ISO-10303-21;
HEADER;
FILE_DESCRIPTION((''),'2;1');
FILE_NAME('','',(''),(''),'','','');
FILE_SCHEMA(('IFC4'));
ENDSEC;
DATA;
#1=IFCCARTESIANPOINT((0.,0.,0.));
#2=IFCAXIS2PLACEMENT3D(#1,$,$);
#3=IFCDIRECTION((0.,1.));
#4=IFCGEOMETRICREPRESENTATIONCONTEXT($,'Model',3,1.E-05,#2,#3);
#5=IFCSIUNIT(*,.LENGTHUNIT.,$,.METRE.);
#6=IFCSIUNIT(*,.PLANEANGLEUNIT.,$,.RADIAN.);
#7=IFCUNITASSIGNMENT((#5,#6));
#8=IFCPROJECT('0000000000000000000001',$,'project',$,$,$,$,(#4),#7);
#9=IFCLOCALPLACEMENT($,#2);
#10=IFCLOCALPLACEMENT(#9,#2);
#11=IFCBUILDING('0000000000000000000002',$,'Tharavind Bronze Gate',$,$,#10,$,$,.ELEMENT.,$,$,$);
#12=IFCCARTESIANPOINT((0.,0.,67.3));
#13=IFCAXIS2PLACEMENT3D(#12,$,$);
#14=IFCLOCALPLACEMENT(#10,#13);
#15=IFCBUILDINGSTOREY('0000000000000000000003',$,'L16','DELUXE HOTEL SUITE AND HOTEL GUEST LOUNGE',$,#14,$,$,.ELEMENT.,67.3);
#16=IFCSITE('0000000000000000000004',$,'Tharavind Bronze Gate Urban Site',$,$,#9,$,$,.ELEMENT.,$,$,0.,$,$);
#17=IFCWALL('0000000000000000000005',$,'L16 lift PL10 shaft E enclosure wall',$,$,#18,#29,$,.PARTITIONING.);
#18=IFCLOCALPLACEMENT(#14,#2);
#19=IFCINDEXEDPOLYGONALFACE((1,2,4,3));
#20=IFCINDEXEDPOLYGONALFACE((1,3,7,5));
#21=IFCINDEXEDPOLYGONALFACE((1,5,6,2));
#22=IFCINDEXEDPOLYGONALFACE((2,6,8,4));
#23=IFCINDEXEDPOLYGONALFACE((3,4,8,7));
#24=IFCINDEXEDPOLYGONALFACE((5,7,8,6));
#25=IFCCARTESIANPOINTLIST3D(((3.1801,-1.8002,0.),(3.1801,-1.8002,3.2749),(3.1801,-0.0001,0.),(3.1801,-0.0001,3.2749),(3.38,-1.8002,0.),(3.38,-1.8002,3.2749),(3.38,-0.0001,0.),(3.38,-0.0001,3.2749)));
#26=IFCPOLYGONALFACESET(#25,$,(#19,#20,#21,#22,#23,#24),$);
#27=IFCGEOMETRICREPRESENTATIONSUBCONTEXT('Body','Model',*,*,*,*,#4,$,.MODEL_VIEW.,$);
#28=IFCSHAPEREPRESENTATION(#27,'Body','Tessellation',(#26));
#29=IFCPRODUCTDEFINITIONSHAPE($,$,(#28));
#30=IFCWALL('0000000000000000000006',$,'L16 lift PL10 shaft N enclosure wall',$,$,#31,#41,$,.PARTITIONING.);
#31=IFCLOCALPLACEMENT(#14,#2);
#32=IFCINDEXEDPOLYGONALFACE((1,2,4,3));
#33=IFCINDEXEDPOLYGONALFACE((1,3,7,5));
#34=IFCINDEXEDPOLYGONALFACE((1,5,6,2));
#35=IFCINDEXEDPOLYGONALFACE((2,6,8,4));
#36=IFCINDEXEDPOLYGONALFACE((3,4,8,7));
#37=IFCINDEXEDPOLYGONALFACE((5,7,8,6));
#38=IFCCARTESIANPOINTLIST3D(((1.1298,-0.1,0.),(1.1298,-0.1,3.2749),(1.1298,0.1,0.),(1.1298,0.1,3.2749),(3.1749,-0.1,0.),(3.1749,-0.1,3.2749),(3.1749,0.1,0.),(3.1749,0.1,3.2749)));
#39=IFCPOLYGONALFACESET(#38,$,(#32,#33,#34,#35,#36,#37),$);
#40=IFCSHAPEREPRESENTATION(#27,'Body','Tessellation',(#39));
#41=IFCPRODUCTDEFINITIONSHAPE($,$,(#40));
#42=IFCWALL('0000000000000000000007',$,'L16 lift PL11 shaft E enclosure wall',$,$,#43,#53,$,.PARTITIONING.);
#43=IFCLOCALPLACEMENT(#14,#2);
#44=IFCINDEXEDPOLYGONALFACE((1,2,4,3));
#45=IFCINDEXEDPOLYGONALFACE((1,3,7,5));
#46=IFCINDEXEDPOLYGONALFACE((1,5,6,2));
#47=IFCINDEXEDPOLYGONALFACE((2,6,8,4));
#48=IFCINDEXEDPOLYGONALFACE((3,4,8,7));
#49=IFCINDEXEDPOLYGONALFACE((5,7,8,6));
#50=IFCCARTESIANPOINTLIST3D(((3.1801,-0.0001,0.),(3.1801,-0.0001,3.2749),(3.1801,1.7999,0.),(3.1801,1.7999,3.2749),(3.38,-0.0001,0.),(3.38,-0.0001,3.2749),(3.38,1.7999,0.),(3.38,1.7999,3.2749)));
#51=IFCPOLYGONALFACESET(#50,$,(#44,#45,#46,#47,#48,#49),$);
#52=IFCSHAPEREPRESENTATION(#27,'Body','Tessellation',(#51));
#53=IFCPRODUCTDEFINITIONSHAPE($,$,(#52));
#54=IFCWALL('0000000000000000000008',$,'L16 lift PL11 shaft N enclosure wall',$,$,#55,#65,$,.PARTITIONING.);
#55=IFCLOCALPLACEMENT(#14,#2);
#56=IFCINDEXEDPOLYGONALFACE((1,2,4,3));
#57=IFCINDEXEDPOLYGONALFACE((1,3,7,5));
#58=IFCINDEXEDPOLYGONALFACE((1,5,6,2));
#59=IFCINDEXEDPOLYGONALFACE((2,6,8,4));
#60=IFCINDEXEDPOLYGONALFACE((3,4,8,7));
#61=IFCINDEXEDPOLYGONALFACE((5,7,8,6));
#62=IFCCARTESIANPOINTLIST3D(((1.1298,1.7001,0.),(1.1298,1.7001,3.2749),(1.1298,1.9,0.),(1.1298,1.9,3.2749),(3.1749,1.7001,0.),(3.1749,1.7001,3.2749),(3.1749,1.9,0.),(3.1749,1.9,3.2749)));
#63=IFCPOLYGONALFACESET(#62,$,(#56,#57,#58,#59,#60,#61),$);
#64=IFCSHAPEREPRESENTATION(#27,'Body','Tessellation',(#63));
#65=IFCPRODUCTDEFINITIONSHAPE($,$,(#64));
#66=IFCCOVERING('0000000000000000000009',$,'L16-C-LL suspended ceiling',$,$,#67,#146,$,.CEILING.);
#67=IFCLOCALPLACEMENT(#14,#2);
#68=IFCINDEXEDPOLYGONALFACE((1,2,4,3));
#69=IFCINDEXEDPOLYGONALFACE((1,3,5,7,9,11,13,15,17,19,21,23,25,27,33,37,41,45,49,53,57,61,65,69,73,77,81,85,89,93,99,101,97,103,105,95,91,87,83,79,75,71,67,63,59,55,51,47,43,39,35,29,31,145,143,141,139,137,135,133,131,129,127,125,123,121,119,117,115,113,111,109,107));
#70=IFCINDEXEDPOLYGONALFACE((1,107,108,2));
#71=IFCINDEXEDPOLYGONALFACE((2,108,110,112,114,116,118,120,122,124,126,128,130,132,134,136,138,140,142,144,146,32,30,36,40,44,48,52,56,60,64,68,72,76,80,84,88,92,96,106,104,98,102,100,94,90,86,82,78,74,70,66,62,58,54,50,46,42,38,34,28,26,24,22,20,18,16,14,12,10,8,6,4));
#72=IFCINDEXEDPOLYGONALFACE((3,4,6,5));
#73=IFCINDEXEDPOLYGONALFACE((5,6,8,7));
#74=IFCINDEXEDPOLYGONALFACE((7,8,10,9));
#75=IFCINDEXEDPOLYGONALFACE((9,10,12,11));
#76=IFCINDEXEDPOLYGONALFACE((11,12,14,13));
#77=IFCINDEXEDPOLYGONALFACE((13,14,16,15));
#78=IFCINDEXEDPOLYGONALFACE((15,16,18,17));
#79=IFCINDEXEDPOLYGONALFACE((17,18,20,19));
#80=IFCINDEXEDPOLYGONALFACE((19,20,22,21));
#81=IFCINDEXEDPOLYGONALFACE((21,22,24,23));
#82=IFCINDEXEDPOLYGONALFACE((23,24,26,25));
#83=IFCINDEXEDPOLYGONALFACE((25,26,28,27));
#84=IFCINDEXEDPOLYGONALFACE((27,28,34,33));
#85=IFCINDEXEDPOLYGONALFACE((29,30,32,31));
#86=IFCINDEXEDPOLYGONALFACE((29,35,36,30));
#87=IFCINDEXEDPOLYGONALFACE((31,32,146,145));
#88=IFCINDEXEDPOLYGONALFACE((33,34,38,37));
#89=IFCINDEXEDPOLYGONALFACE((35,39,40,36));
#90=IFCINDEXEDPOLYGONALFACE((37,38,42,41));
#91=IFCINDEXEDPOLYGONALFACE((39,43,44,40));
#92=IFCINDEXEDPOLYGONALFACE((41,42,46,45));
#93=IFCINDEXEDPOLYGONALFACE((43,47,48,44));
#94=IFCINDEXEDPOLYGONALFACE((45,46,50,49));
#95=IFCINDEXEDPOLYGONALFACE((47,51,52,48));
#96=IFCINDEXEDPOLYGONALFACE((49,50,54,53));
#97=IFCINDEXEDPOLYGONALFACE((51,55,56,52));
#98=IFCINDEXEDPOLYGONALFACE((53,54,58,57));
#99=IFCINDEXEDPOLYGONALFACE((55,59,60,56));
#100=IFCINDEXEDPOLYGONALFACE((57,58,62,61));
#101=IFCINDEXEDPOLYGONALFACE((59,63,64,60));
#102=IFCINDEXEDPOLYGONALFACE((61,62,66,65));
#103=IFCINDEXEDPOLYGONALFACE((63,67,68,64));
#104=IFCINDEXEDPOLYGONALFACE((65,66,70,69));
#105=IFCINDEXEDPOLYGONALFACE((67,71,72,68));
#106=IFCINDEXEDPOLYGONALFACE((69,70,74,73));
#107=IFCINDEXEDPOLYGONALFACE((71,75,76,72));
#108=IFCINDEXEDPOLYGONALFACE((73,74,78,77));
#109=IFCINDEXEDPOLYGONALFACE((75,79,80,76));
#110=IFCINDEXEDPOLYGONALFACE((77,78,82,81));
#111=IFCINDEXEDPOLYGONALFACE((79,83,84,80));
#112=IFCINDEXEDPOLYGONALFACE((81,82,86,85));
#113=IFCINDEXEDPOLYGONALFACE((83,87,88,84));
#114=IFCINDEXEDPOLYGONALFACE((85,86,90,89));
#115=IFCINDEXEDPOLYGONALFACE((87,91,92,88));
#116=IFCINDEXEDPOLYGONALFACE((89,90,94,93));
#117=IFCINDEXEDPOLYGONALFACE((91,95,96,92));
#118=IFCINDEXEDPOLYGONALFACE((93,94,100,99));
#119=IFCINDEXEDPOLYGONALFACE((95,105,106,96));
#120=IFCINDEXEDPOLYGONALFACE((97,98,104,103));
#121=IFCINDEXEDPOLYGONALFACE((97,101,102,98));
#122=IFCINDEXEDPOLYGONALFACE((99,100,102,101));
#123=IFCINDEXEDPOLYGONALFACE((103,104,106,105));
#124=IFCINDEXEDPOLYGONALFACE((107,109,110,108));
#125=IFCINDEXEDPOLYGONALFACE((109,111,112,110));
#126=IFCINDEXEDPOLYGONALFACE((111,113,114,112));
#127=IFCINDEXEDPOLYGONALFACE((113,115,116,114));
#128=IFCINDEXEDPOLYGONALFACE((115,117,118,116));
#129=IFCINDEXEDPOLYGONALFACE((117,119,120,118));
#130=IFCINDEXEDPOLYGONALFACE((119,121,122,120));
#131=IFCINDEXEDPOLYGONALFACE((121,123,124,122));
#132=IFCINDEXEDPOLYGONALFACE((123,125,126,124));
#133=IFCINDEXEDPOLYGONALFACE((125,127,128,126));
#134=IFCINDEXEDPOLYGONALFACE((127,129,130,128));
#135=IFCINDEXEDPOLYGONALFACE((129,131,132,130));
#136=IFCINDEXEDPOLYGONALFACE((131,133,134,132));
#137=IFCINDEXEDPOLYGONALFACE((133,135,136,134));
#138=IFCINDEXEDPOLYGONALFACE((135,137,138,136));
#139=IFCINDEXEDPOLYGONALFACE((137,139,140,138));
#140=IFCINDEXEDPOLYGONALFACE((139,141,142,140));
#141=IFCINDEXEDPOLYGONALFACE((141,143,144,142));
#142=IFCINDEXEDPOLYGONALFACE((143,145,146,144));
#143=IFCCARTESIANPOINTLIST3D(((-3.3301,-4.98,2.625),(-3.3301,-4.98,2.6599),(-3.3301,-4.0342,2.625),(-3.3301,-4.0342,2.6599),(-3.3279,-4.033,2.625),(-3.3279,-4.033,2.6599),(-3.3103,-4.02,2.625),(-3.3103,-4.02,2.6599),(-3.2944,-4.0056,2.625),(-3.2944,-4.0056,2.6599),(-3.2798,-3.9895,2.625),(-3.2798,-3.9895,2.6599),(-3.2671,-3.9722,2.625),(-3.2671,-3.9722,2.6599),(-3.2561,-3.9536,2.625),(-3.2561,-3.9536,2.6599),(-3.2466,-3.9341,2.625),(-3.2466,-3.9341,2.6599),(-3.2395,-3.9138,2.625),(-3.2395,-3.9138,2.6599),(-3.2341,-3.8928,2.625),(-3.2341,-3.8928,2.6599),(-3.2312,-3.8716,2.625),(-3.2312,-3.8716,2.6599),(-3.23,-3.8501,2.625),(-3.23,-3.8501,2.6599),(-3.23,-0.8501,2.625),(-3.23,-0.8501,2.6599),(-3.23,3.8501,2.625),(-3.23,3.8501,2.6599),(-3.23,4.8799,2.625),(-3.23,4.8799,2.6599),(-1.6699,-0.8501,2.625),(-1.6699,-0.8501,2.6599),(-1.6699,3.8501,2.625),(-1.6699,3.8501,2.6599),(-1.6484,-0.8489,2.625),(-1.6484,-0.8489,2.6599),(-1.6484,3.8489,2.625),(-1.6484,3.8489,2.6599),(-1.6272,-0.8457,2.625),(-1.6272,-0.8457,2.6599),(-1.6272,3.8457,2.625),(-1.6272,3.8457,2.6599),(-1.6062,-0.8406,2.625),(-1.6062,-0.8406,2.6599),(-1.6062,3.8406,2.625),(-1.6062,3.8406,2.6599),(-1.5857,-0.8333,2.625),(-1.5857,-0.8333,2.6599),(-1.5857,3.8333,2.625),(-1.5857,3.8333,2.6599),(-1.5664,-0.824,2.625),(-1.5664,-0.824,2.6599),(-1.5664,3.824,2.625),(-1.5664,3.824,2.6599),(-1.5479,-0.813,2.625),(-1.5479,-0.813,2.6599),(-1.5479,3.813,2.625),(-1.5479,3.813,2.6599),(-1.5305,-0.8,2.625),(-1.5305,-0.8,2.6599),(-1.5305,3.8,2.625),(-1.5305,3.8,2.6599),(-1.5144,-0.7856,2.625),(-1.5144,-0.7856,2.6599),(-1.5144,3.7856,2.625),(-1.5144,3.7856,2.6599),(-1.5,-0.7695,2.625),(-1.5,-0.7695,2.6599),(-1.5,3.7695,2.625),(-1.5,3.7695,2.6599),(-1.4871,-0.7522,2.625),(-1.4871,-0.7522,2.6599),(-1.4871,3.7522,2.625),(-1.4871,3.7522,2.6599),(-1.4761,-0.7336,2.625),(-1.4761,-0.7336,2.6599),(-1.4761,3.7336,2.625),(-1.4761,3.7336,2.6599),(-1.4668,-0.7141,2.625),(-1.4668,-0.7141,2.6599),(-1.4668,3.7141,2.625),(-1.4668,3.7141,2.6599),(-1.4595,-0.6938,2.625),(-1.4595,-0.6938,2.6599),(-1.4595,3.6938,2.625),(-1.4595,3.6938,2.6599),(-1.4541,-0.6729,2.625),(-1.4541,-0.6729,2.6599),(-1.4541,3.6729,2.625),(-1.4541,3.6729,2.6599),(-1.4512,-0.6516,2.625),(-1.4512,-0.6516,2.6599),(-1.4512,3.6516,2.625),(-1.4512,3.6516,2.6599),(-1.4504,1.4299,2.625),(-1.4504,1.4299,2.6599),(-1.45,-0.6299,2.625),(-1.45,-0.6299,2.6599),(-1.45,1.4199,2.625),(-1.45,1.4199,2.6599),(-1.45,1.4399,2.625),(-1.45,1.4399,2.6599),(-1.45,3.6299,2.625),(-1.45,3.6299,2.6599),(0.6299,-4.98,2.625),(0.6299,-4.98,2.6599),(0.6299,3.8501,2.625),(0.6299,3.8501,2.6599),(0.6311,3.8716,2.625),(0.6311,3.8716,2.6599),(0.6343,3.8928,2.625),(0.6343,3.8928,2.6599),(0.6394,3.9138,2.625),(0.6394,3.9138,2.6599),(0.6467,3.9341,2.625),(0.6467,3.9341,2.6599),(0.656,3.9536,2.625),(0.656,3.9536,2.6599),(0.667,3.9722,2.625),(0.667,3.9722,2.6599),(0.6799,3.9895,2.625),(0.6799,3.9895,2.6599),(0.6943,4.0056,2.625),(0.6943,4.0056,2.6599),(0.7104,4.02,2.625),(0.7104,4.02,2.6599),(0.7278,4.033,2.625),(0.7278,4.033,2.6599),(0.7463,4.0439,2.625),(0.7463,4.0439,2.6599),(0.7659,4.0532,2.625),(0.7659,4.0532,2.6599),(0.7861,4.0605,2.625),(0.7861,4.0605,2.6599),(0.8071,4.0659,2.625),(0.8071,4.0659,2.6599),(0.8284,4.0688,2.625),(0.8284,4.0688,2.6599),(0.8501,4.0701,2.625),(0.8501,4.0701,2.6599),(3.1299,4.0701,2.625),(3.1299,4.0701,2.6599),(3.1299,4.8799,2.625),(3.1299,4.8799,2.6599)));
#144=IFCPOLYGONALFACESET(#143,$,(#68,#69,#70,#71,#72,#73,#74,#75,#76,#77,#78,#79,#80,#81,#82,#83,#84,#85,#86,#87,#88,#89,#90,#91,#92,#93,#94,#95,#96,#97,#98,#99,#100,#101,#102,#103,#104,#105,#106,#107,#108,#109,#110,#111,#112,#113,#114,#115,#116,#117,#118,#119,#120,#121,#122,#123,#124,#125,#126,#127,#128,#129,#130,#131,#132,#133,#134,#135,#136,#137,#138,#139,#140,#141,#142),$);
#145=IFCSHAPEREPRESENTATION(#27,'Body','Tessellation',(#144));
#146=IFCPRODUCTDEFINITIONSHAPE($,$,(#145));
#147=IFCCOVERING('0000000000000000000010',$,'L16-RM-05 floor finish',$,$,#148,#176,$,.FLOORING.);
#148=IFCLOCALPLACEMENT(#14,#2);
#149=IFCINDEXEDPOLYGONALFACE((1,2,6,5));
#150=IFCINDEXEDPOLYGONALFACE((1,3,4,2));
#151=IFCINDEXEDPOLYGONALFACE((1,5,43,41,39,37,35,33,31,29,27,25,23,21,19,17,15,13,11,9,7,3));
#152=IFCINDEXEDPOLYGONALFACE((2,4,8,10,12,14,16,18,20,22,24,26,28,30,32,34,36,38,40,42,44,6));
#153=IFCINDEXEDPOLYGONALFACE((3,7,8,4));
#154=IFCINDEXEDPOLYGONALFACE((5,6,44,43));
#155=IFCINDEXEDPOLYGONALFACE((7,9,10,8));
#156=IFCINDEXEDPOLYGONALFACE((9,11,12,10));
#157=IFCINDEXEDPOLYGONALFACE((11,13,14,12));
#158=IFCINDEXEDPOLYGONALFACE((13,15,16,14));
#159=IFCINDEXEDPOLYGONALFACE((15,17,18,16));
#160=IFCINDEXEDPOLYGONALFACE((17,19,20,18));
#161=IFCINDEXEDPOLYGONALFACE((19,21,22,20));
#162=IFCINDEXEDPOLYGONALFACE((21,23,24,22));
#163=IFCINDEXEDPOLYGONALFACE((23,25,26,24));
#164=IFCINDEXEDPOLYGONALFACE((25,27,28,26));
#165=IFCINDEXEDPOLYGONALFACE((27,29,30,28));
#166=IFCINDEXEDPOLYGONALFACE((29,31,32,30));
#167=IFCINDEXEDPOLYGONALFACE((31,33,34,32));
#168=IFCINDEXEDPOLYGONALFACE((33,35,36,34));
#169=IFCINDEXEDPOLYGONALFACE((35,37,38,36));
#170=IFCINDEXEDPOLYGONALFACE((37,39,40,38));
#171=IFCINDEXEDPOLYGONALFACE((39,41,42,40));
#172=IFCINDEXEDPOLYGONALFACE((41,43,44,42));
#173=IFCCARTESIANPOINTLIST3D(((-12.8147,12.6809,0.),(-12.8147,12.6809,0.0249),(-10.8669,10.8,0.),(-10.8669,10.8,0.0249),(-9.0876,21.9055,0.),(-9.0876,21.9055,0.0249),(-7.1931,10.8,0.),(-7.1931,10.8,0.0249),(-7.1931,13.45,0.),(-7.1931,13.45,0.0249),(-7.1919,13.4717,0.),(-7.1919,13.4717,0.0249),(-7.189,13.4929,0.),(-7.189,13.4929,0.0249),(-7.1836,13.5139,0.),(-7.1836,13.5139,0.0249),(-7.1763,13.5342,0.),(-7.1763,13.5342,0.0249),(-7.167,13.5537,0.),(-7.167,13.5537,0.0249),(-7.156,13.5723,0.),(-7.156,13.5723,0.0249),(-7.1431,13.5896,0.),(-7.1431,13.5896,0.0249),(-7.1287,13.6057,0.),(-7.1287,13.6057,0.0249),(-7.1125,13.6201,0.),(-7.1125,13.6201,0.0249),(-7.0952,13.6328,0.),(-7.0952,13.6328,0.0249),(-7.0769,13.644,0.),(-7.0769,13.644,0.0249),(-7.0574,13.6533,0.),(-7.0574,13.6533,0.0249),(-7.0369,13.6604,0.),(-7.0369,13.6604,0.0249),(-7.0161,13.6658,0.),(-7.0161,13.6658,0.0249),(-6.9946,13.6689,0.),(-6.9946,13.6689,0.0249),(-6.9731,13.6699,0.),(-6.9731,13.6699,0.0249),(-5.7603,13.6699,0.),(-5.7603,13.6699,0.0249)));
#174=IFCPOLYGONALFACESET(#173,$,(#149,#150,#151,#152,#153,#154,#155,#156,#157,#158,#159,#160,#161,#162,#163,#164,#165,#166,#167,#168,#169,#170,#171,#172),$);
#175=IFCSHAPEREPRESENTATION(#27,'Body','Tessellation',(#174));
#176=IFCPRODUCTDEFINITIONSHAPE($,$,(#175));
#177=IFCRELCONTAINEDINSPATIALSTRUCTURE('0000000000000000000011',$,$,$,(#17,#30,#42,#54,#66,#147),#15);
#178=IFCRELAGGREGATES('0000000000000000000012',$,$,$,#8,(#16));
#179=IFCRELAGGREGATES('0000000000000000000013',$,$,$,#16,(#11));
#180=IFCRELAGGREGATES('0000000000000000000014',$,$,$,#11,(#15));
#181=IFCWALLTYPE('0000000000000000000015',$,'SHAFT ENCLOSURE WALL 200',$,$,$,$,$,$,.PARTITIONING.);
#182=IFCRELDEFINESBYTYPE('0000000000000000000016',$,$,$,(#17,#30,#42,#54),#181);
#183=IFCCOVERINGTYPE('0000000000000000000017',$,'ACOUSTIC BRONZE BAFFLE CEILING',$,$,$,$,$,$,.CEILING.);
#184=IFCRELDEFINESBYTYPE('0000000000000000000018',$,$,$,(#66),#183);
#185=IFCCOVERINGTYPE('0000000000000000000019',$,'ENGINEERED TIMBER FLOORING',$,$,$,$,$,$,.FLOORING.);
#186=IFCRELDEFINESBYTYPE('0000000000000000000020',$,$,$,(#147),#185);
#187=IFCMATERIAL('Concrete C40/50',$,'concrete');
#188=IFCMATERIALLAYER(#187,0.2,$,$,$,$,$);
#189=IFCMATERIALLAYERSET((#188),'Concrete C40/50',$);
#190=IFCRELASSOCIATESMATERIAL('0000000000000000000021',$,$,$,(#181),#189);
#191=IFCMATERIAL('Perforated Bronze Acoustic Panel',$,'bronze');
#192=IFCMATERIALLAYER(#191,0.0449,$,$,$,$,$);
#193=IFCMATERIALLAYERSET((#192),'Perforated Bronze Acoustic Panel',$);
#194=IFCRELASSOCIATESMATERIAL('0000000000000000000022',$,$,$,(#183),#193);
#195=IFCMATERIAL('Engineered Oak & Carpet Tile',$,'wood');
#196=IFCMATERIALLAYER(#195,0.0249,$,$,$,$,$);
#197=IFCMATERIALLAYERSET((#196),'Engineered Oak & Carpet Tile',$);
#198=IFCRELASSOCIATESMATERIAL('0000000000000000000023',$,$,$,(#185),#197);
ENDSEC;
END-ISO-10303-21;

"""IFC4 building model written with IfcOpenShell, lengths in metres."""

from ifc_helpers import new_model, si_unit, direction, frame, frame_2d, origin, place, context, subcontext, project, spatial, polyline, rectangle, outline, extrude, material, layer, layer_set, type_object, element, save


model = new_model("IFC4")

# Units and contexts
model_context = context("Model", 3, precision=1e-05, world=origin(), true_north=direction((0.0, 1.0)))
body_context = subcontext(model_context, "Body", "Model", "MODEL_VIEW")
ifc_project = project(units=[si_unit("LENGTHUNIT", "METRE"), si_unit("PLANEANGLEUNIT", "RADIAN")], contexts=[model_context])

# Site, building, storey
site_placement = place(None, origin())
site = spatial("IfcSite", under=ifc_project, at=site_placement, Name="Tharavind Bronze Gate Urban Site", CompositionType="ELEMENT", RefElevation=0.0)
building_placement = place(site_placement, origin())
building = spatial("IfcBuilding", under=site, at=building_placement, Name="Tharavind Bronze Gate", CompositionType="ELEMENT")
storey_placement = place(building_placement, frame((0.0, 0.0, 67.3)))
storey = spatial("IfcBuildingStorey", under=building, at=storey_placement, Name="L16", Description="DELUXE HOTEL SUITE AND HOTEL GUEST LOUNGE", CompositionType="ELEMENT", Elevation=67.3)

# Shared definitions
ifc_material_1 = material(Name="Concrete C40/50", Category="concrete")

# Walls
ifc_layer_1 = layer(ifc_material_1, 0.2)
ifc_layer_set_1 = layer_set([ifc_layer_1], Name="Concrete C40/50")
wall_type_1 = type_object("IfcWallType", Name="SHAFT ENCLOSURE WALL 200", PredefinedType="PARTITIONING", material=ifc_layer_set_1)
wall_1_placement = place(storey_placement, frame((3.28, -1.8, 0.0), z_axis=(0.0, 0.0, 1.0), x_axis=(0.0, 1.0, 0.0)))
element("IfcWall", 1, at=wall_1_placement, inside=storey, type_object=wall_type_1, Name="L16 lift PL10 shaft E enclosure wall", PredefinedType="PARTITIONING", context=body_context, shape_type="SweptSolid", body=[
    extrude(rectangle(XDim=1.8, YDim=0.2, at=frame_2d((0.8999, 0.0))), origin(), (0.0, 0.0, 1.0), 3.2749),
])
wall_2_placement = place(storey_placement, frame((1.1299, 0.0, 0.0), z_axis=(0.0, 0.0, 1.0), x_axis=(1.0, 0.0, 0.0)))
element("IfcWall", 2, at=wall_2_placement, inside=storey, type_object=wall_type_1, Name="L16 lift PL10 shaft N enclosure wall", PredefinedType="PARTITIONING", context=body_context, shape_type="SweptSolid", body=[
    extrude(rectangle(XDim=2.0452, YDim=0.2, at=frame_2d((1.0225, 0.0))), origin(), (0.0, 0.0, 1.0), 3.2749),
])
wall_3_placement = place(storey_placement, frame((3.28, 0.0, 0.0), z_axis=(0.0, 0.0, 1.0), x_axis=(0.0, 1.0, 0.0)))
element("IfcWall", 3, at=wall_3_placement, inside=storey, type_object=wall_type_1, Name="L16 lift PL11 shaft E enclosure wall", PredefinedType="PARTITIONING", context=body_context, shape_type="SweptSolid", body=[
    extrude(rectangle(XDim=1.8, YDim=0.2, at=frame_2d((0.8999, 0.0))), origin(), (0.0, 0.0, 1.0), 3.2749),
])
wall_4_placement = place(storey_placement, frame((1.1299, 1.8, 0.0), z_axis=(0.0, 0.0, 1.0), x_axis=(1.0, 0.0, 0.0)))
element("IfcWall", 4, at=wall_4_placement, inside=storey, type_object=wall_type_1, Name="L16 lift PL11 shaft N enclosure wall", PredefinedType="PARTITIONING", context=body_context, shape_type="SweptSolid", body=[
    extrude(rectangle(XDim=2.0452, YDim=0.2, at=frame_2d((1.0225, 0.0))), origin(), (0.0, 0.0, 1.0), 3.2749),
])

# Coverings
ifc_material_2 = material(Name="Perforated Bronze Acoustic Panel", Category="bronze")
ifc_layer_2 = layer(ifc_material_2, 0.0449)
ifc_layer_set_2 = layer_set([ifc_layer_2], Name="Perforated Bronze Acoustic Panel")
covering_type_1 = type_object("IfcCoveringType", Name="ACOUSTIC BRONZE BAFFLE CEILING", PredefinedType="CEILING", material=ifc_layer_set_2)
covering_1_placement = place(storey_placement, frame((0.0, 0.0, 2.625)))
element("IfcCovering", 5, at=covering_1_placement, inside=storey, type_object=covering_type_1, Name="L16-C-LL suspended ceiling", PredefinedType="CEILING", context=body_context, shape_type="SweptSolid", body=[
    extrude(outline(polyline([(-3.3301, -4.98), (0.6299, -4.98), (0.6299, 3.8501), (0.6311, 3.8716), (0.6343, 3.8928), (0.6394, 3.9138), (0.6467, 3.9341), (0.656, 3.9536), (0.667, 3.9722), (0.6799, 3.9895), (0.6943, 4.0056), (0.7104, 4.02), (0.7278, 4.033), (0.7463, 4.0439), (0.7659, 4.0532), (0.7861, 4.0605), (0.8071, 4.0659), (0.8284, 4.0688), (0.8501, 4.0701), (3.1299, 4.0701), (3.1299, 4.8799), (-3.23, 4.8799), (-3.23, 3.8501), (-1.6699, 3.8501), (-1.6484, 3.8489), (-1.6272, 3.8457), (-1.6062, 3.8406), (-1.5857, 3.8333), (-1.5664, 3.824), (-1.5479, 3.813), (-1.5305, 3.8), (-1.5144, 3.7856), (-1.5, 3.7695), (-1.4871, 3.7522), (-1.4761, 3.7336), (-1.4668, 3.7141), (-1.4595, 3.6938), (-1.4541, 3.6729), (-1.4512, 3.6516), (-1.45, 3.6299), (-1.45, 1.4399), (-1.4504, 1.4299), (-1.45, 1.4199), (-1.45, -0.6299), (-1.4512, -0.6516), (-1.4541, -0.6729), (-1.4595, -0.6938), (-1.4668, -0.7141), (-1.4761, -0.7336), (-1.4871, -0.7522), (-1.5, -0.7695), (-1.5144, -0.7856), (-1.5305, -0.8), (-1.5479, -0.813), (-1.5664, -0.824), (-1.5857, -0.8333), (-1.6062, -0.8406), (-1.6272, -0.8457), (-1.6484, -0.8489), (-1.6699, -0.8501), (-3.23, -0.8501), (-3.23, -3.8501), (-3.2312, -3.8716), (-3.2341, -3.8928), (-3.2395, -3.9138), (-3.2466, -3.9341), (-3.2561, -3.9536), (-3.2671, -3.9722), (-3.2798, -3.9895), (-3.2944, -4.0056), (-3.3103, -4.02), (-3.3279, -4.033), (-3.3301, -4.0342), (-3.3301, -4.98)])), origin(), (0.0, 0.0, 1.0), 0.0349),
])
ifc_material_3 = material(Name="Engineered Oak & Carpet Tile", Category="wood")
ifc_layer_3 = layer(ifc_material_3, 0.0249)
ifc_layer_set_3 = layer_set([ifc_layer_3], Name="Engineered Oak & Carpet Tile")
covering_type_2 = type_object("IfcCoveringType", Name="ENGINEERED TIMBER FLOORING", PredefinedType="FLOORING", material=ifc_layer_set_3)
covering_2_placement = place(storey_placement, origin())
element("IfcCovering", 6, at=covering_2_placement, inside=storey, type_object=covering_type_2, Name="L16-RM-05 floor finish", PredefinedType="FLOORING", context=body_context, shape_type="SweptSolid", body=[
    extrude(outline(polyline([(-10.8669, 10.8), (-7.1931, 10.8), (-7.1931, 13.45), (-7.1919, 13.4717), (-7.189, 13.4929), (-7.1836, 13.5139), (-7.1763, 13.5342), (-7.167, 13.5537), (-7.156, 13.5723), (-7.1431, 13.5896), (-7.1287, 13.6057), (-7.1125, 13.6201), (-7.0952, 13.6328), (-7.0769, 13.644), (-7.0574, 13.6533), (-7.0369, 13.6604), (-7.0161, 13.6658), (-6.9946, 13.6689), (-6.9731, 13.6699), (-5.7603, 13.6699), (-9.0876, 21.9055), (-12.8147, 12.6809), (-10.8669, 10.8)])), origin(), (0.0, 0.0, 1.0), 0.0249),
])

save(model, "model.ifc")
